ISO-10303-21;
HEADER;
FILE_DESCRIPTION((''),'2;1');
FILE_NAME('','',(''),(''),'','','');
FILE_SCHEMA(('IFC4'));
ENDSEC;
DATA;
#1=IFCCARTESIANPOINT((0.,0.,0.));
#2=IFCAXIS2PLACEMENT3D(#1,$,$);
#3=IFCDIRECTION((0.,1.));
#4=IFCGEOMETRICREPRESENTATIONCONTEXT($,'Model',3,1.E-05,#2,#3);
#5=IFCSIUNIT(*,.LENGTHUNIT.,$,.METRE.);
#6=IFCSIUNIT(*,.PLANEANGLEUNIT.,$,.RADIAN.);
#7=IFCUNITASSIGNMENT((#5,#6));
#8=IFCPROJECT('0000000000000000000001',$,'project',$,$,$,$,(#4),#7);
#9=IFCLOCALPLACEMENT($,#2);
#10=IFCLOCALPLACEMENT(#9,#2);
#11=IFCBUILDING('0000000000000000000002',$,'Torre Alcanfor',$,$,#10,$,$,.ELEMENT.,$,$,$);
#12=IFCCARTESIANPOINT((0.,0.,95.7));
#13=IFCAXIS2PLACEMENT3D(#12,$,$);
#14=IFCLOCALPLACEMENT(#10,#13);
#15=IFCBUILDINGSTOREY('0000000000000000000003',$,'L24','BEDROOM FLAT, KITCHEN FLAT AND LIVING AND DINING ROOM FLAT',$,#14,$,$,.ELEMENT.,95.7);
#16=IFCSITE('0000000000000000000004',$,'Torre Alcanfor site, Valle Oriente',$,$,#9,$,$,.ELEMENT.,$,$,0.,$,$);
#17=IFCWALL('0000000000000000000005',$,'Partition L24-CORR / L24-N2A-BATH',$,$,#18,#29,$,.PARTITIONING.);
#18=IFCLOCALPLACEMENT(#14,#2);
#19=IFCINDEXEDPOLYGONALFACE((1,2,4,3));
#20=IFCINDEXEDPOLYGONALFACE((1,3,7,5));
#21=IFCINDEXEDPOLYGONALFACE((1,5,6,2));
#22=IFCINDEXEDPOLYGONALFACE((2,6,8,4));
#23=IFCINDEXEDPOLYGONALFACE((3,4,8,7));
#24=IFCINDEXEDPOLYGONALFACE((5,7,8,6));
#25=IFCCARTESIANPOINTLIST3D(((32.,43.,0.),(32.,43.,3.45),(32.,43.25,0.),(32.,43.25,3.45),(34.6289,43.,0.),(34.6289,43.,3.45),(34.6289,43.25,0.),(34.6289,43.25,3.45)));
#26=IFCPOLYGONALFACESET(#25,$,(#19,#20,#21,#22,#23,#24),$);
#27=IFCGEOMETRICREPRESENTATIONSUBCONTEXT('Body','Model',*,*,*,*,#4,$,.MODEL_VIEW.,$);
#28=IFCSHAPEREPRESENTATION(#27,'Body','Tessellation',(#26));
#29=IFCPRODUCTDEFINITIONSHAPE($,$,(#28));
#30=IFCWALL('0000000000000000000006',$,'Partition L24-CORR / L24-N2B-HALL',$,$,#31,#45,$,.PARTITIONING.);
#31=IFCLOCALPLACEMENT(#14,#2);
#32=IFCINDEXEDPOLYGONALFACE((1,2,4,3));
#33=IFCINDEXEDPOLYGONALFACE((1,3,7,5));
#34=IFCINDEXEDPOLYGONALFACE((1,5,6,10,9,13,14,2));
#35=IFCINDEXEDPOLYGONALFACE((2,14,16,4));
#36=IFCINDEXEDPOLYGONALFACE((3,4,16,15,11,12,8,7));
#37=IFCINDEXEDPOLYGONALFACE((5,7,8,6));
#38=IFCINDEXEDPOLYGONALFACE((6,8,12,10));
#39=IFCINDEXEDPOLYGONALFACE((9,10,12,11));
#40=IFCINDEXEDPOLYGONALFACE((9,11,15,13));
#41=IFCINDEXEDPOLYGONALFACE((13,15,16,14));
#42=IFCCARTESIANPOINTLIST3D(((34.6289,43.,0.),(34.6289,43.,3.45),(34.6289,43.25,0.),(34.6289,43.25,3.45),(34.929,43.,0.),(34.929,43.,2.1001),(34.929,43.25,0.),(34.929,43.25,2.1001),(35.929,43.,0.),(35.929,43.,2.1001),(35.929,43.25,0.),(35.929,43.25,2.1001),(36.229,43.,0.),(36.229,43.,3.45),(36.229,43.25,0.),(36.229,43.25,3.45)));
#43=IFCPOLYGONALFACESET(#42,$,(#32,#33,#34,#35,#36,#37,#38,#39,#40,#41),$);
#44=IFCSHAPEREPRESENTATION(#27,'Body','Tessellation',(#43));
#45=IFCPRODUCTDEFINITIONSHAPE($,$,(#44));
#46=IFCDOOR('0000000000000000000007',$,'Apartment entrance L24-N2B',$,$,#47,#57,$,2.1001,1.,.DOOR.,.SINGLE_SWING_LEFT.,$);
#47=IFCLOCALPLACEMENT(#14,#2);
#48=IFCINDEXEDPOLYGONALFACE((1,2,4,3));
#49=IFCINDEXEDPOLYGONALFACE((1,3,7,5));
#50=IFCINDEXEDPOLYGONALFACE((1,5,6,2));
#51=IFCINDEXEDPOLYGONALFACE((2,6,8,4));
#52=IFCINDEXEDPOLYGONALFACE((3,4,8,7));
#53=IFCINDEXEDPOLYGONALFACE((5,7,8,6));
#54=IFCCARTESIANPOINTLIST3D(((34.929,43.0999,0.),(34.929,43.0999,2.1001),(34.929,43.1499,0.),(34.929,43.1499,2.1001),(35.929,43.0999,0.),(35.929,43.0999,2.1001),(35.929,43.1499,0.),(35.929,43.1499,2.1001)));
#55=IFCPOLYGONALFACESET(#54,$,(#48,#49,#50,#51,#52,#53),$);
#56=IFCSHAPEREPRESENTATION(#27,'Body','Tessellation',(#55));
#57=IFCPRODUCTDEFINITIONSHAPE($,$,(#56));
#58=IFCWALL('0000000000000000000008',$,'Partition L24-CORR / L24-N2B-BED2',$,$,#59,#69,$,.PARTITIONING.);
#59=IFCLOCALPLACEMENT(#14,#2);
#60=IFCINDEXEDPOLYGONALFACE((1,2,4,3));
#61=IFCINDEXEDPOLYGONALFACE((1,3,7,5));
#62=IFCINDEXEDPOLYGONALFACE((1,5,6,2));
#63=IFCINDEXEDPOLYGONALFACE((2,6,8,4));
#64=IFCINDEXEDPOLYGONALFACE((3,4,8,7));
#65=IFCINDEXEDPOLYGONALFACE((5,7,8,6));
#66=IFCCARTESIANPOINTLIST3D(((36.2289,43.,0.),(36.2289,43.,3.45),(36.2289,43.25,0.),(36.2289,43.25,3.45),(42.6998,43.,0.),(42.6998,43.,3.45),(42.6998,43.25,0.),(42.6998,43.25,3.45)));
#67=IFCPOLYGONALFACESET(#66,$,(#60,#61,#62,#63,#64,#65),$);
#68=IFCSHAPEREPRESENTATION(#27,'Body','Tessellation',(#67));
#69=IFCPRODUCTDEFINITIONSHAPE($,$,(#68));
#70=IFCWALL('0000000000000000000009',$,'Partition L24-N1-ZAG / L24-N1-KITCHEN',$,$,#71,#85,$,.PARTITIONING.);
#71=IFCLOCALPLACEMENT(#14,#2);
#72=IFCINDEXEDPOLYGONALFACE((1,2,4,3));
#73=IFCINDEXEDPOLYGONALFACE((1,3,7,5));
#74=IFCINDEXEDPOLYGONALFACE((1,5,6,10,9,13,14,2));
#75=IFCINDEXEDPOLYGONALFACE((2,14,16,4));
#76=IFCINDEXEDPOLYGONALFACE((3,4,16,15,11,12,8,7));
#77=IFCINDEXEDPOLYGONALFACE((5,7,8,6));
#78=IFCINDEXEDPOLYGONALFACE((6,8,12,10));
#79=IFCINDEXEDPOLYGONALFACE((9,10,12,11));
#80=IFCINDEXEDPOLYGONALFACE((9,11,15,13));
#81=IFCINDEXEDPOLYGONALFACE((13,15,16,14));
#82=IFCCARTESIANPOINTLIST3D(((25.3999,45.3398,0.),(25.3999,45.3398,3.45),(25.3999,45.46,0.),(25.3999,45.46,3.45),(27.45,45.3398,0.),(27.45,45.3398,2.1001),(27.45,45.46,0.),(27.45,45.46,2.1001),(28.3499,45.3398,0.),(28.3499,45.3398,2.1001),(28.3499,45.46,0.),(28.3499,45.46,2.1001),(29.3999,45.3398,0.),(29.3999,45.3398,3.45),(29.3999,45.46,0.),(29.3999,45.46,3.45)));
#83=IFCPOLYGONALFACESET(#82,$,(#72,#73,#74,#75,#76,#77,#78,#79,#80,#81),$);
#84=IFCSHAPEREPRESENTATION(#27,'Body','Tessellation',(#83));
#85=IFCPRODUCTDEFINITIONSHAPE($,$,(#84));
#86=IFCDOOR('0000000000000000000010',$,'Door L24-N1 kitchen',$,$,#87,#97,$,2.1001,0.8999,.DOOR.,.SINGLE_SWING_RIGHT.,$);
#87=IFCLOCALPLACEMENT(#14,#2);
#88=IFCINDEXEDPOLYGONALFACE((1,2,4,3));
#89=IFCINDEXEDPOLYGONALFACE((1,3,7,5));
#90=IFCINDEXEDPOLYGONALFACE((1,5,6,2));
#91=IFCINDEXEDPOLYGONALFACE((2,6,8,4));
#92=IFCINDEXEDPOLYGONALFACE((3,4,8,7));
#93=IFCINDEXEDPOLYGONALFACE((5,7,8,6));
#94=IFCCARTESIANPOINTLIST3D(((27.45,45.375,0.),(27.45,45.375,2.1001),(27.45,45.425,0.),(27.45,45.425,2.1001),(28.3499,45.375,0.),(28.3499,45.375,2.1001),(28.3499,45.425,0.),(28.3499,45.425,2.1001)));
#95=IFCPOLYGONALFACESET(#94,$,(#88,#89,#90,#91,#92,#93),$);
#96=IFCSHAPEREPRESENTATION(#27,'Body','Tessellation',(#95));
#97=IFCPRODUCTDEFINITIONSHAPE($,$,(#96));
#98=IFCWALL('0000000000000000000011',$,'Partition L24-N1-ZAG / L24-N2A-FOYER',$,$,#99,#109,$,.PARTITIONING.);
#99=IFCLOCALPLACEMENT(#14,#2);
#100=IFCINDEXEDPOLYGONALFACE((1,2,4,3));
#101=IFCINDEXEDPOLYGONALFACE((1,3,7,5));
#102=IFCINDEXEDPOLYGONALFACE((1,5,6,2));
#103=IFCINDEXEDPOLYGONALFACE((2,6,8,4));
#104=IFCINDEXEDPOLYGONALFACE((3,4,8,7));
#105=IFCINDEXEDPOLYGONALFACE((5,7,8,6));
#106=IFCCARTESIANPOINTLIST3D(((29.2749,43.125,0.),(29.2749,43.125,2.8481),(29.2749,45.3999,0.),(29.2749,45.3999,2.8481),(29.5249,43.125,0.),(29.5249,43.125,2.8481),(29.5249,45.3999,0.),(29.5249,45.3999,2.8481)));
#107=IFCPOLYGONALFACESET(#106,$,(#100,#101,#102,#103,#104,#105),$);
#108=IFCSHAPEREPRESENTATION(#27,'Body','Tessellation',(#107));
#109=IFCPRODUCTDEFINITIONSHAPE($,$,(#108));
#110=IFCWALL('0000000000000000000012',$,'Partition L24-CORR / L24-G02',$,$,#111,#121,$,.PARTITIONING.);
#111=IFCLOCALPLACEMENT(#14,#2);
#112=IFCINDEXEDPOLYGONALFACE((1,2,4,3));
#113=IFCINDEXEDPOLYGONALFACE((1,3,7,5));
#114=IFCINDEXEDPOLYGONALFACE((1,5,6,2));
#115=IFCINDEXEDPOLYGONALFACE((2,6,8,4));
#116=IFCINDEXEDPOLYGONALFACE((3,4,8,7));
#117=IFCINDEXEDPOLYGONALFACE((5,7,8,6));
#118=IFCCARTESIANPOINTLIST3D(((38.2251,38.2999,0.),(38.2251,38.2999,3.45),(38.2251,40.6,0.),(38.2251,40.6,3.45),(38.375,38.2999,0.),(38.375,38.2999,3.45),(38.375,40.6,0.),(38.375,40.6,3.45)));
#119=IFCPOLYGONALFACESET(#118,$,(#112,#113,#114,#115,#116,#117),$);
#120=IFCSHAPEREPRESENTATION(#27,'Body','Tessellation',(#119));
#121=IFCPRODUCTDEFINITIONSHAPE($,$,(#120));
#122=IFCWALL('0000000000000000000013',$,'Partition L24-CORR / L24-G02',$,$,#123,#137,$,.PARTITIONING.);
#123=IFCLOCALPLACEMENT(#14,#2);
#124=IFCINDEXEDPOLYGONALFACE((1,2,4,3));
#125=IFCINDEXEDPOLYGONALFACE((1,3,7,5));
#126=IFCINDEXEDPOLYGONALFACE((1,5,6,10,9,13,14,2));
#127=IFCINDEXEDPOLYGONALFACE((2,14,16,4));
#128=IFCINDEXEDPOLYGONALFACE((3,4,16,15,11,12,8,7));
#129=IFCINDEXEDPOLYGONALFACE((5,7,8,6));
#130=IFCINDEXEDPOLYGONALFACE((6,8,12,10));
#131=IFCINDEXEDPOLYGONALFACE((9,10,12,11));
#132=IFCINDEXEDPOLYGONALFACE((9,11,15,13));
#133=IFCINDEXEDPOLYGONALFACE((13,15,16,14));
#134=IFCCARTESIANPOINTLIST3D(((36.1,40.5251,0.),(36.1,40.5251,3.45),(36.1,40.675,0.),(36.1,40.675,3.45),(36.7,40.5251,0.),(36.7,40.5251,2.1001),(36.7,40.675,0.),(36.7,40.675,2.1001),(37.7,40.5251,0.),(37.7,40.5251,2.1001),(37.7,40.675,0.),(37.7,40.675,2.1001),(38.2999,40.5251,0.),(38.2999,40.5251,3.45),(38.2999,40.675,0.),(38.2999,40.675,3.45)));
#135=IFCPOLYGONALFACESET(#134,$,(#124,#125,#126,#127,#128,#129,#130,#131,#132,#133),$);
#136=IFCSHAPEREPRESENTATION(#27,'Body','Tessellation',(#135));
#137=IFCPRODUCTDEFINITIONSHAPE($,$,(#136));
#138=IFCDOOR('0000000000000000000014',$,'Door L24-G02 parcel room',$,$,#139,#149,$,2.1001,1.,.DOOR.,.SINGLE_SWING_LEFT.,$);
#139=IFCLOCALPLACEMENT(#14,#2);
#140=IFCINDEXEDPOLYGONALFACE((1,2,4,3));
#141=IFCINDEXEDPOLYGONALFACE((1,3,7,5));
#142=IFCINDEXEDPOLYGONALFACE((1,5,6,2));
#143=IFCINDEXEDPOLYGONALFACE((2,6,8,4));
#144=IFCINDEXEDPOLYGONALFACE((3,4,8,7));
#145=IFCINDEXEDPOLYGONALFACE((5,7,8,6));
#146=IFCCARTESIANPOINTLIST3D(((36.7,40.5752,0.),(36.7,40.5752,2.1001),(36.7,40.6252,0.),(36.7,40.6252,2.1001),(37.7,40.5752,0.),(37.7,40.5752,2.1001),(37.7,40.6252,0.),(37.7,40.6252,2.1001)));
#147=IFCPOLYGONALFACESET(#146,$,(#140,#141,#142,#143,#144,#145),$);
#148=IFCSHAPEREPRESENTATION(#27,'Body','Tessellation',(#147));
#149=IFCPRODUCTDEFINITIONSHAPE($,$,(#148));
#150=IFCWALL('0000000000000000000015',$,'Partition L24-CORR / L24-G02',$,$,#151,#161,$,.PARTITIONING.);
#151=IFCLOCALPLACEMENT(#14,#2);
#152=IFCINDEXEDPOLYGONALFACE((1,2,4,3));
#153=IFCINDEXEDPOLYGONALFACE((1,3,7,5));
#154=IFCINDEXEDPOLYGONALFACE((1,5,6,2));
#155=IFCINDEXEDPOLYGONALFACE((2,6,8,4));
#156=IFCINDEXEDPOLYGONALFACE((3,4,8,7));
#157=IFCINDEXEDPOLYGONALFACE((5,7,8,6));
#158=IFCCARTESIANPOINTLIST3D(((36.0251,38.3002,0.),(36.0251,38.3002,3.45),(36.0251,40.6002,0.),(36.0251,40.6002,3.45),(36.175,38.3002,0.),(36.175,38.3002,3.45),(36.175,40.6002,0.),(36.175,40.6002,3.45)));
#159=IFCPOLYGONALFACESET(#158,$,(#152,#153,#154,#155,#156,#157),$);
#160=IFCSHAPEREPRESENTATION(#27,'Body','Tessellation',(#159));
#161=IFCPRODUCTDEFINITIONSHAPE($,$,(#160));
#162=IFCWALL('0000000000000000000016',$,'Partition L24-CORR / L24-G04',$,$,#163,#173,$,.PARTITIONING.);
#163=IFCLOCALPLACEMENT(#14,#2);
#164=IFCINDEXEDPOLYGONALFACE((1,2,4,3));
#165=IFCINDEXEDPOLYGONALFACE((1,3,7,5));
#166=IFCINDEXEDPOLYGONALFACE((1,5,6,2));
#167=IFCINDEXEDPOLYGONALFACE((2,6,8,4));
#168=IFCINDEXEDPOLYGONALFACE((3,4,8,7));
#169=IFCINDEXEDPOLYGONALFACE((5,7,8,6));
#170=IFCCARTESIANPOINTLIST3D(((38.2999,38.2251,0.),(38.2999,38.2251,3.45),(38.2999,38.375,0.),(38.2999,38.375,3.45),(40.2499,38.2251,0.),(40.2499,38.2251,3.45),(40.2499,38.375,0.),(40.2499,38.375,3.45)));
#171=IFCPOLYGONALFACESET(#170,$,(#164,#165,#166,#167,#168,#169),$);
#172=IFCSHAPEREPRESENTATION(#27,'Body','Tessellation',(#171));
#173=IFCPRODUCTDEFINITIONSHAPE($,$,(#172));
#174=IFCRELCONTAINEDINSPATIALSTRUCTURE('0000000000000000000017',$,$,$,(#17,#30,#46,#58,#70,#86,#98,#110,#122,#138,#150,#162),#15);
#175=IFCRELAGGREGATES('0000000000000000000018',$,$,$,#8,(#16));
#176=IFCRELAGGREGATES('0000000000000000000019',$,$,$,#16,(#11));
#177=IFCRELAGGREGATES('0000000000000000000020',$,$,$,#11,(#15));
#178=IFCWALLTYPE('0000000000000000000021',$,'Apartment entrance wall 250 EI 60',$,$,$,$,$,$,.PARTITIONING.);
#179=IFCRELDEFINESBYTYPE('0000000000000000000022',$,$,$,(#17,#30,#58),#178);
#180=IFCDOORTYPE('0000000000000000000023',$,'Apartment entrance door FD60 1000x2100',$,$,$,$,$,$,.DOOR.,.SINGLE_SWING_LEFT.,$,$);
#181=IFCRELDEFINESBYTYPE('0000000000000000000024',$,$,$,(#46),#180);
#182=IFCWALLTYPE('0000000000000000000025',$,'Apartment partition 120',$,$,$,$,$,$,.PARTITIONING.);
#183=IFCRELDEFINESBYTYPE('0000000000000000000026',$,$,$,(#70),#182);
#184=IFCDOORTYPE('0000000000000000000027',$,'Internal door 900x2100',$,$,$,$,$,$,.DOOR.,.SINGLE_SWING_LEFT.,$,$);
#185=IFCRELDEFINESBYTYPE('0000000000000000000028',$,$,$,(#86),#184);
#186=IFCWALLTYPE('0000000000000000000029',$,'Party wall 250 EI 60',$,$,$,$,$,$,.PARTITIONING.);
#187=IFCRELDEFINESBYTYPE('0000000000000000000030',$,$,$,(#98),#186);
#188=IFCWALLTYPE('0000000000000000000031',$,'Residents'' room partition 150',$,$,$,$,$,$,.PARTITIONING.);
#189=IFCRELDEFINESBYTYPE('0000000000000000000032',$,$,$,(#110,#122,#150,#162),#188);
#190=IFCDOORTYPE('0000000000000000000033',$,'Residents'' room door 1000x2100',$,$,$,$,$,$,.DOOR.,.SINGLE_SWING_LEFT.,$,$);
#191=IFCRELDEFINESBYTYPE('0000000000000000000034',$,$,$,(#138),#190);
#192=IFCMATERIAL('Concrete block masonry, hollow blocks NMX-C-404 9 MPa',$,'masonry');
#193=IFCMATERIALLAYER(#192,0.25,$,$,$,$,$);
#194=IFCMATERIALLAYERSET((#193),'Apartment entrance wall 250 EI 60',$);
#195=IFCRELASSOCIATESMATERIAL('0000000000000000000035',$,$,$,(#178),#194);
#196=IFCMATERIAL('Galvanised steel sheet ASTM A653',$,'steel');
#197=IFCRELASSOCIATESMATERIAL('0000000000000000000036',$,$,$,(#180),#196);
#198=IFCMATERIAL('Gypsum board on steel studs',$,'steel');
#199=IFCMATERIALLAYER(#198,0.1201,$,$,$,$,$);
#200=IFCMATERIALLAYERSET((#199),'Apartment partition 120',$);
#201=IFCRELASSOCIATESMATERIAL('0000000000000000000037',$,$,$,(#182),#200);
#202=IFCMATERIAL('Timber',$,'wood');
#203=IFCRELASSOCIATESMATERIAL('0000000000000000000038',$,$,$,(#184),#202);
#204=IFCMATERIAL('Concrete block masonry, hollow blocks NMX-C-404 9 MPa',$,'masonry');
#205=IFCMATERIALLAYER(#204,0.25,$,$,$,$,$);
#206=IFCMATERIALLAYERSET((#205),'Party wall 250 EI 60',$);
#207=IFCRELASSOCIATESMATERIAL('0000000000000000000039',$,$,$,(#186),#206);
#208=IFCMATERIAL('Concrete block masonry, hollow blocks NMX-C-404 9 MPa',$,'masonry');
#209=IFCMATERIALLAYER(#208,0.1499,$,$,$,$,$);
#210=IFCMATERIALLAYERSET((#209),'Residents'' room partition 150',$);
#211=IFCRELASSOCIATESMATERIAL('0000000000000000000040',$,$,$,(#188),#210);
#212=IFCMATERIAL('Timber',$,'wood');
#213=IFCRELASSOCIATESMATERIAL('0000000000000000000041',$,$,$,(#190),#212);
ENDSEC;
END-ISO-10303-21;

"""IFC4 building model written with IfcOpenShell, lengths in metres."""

from ifc_helpers import new_model, si_unit, direction, frame, frame_2d, origin, place, context, subcontext, project, spatial, rectangle, extrude, material, layer, layer_set, type_object, element, fill, save


model = new_model("IFC4")

# Units and contexts
model_context = context("Model", 3, precision=1e-05, world=origin(), true_north=direction((0.0, 1.0)))
body_context = subcontext(model_context, "Body", "Model", "MODEL_VIEW")
ifc_project = project(units=[si_unit("LENGTHUNIT", "METRE"), si_unit("PLANEANGLEUNIT", "RADIAN")], contexts=[model_context])

# Site, building, storey
site_placement = place(None, origin())
site = spatial("IfcSite", under=ifc_project, at=site_placement, Name="Torre Alcanfor site, Valle Oriente", CompositionType="ELEMENT", RefElevation=0.0)
building_placement = place(site_placement, origin())
building = spatial("IfcBuilding", under=site, at=building_placement, Name="Torre Alcanfor", CompositionType="ELEMENT")
storey_placement = place(building_placement, frame((0.0, 0.0, 95.7)))
storey = spatial("IfcBuildingStorey", under=building, at=storey_placement, Name="L24", Description="BEDROOM FLAT, KITCHEN FLAT AND LIVING AND DINING ROOM FLAT", CompositionType="ELEMENT", Elevation=95.7)

# Shared definitions
ifc_material_1 = material(Name="Concrete block masonry, hollow blocks NMX-C-404 9 MPa", Category="masonry")
ifc_layer_1 = layer(ifc_material_1, 0.25)
ifc_layer_set_1 = layer_set([ifc_layer_1], Name="Apartment entrance wall 250 EI 60")
wall_type_1 = type_object("IfcWallType", Name="Apartment entrance wall 250 EI 60", PredefinedType="PARTITIONING", material=ifc_layer_set_1)
ifc_material_2 = material(Name="Galvanised steel sheet ASTM A653", Category="steel")
door_type_1 = type_object("IfcDoorType", Name="Apartment entrance door FD60 1000x2100", OperationType="SINGLE_SWING_LEFT", PredefinedType="DOOR", material=ifc_material_2)

# Wall
wall_1_placement = place(storey_placement, frame((32.0, 43.125, 0.0), z_axis=(0.0, 0.0, 1.0), x_axis=(1.0, 0.0, 0.0)))
element("IfcWall", 1, at=wall_1_placement, inside=storey, type_object=wall_type_1, Name="Partition L24-CORR / L24-N2A-BATH", PredefinedType="PARTITIONING", context=body_context, shape_type="SweptSolid", body=[
    extrude(rectangle(XDim=2.6289, YDim=0.25, at=frame_2d((1.3145, 0.0))), origin(), (0.0, 0.0, 1.0), 3.45),
])

# Wall, opening, door
wall_2_placement = place(storey_placement, frame((34.6289, 43.125, 0.0), z_axis=(0.0, 0.0, 1.0), x_axis=(1.0, 0.0, 0.0)))
wall_2 = element("IfcWall", 2, at=wall_2_placement, inside=storey, type_object=wall_type_1, Name="Partition L24-CORR / L24-N2B-HALL", PredefinedType="PARTITIONING", context=body_context, shape_type="SweptSolid", body=[
    extrude(rectangle(XDim=1.6001, YDim=0.25, at=frame_2d((0.8, 0.0))), origin(), (0.0, 0.0, 1.0), 3.45),
])
opening_1_placement = place(wall_2_placement, frame((0.3, 0.0, 0.0)))
opening_1 = element("IfcOpeningElement", 3, at=opening_1_placement, cuts=wall_2, PredefinedType="OPENING", context=body_context, shape_type="SweptSolid", body=[
    extrude(rectangle(XDim=1.0, YDim=2.1001, at=frame_2d((0.5, 1.05))), frame((0.0, 0.135, 0.0), z_axis=(0.0, -1.0, 0.0), x_axis=(1.0, 0.0, 0.0)), (0.0, 0.0, 1.0), 0.27),
])
door_1_placement = place(opening_1_placement, origin())
door_1 = element("IfcDoor", 4, at=door_1_placement, inside=storey, type_object=door_type_1, Name="Apartment entrance L24-N2B", OperationType="SINGLE_SWING_LEFT", OverallHeight=2.1001, OverallWidth=1.0, PredefinedType="DOOR", context=body_context, shape_type="SweptSolid", body=[
    extrude(rectangle(XDim=1.0, YDim=2.1001, at=frame_2d((0.5, 1.05))), frame((0.0, 0.0249, 0.0), z_axis=(0.0, -1.0, 0.0), x_axis=(1.0, 0.0, 0.0)), (0.0, 0.0, 1.0), 0.05),
])
fill(opening_1, door_1)

# Wall
wall_3_placement = place(storey_placement, frame((36.229, 43.125, 0.0), z_axis=(0.0, 0.0, 1.0), x_axis=(1.0, 0.0, 0.0)))
element("IfcWall", 5, at=wall_3_placement, inside=storey, type_object=wall_type_1, Name="Partition L24-CORR / L24-N2B-BED2", PredefinedType="PARTITIONING", context=body_context, shape_type="SweptSolid", body=[
    extrude(rectangle(XDim=6.4709, YDim=0.25, at=frame_2d((3.2354, 0.0))), origin(), (0.0, 0.0, 1.0), 3.45),
])

# Wall, opening, door
ifc_material_3 = material(Name="Gypsum board on steel studs", Category="steel")
ifc_layer_2 = layer(ifc_material_3, 0.1201)
ifc_layer_set_2 = layer_set([ifc_layer_2], Name="Apartment partition 120")
wall_type_2 = type_object("IfcWallType", Name="Apartment partition 120", PredefinedType="PARTITIONING", material=ifc_layer_set_2)
wall_4_placement = place(storey_placement, frame((29.3999, 45.3999, 0.0), z_axis=(0.0, 0.0, 1.0), x_axis=(-1.0, 0.0, 0.0)))
wall_4 = element("IfcWall", 6, at=wall_4_placement, inside=storey, type_object=wall_type_2, Name="Partition L24-N1-ZAG / L24-N1-KITCHEN", PredefinedType="PARTITIONING", context=body_context, shape_type="SweptSolid", body=[
    extrude(rectangle(XDim=4.0, YDim=0.1201, at=frame_2d((2.0, 0.0))), origin(), (0.0, 0.0, 1.0), 3.45),
])
opening_2_placement = place(wall_4_placement, frame((1.05, 0.0, 0.0)))
opening_2 = element("IfcOpeningElement", 7, at=opening_2_placement, cuts=wall_4, PredefinedType="OPENING", context=body_context, shape_type="SweptSolid", body=[
    extrude(rectangle(XDim=0.8999, YDim=2.1001, at=frame_2d((0.45, 1.05))), frame((0.0, 0.0701, 0.0), z_axis=(0.0, -1.0, 0.0), x_axis=(1.0, 0.0, 0.0)), (0.0, 0.0, 1.0), 0.1401),
])
ifc_material_4 = material(Name="Timber", Category="wood")
door_type_2 = type_object("IfcDoorType", Name="Internal door 900x2100", OperationType="SINGLE_SWING_LEFT", PredefinedType="DOOR", material=ifc_material_4)
door_2_placement = place(opening_2_placement, frame((0.8999, 0.0, 0.0), z_axis=(0.0, 0.0, 1.0), x_axis=(-1.0, 0.0, 0.0)))
door_2 = element("IfcDoor", 8, at=door_2_placement, inside=storey, type_object=door_type_2, Name="Door L24-N1 kitchen", OperationType="SINGLE_SWING_RIGHT", OverallHeight=2.1001, OverallWidth=0.8999, PredefinedType="DOOR", context=body_context, shape_type="SweptSolid", body=[
    extrude(rectangle(XDim=0.8999, YDim=2.1001, at=frame_2d((0.45, 1.05))), frame((0.0, 0.0251, 0.0), z_axis=(0.0, -1.0, 0.0), x_axis=(1.0, 0.0, 0.0)), (0.0, 0.0, 1.0), 0.05),
])
fill(opening_2, door_2)

# Walls
ifc_material_5 = material(Name="Concrete block masonry, hollow blocks NMX-C-404 9 MPa", Category="masonry")
ifc_layer_3 = layer(ifc_material_5, 0.25)
ifc_layer_set_3 = layer_set([ifc_layer_3], Name="Party wall 250 EI 60")
wall_type_3 = type_object("IfcWallType", Name="Party wall 250 EI 60", PredefinedType="PARTITIONING", material=ifc_layer_set_3)
wall_5_placement = place(storey_placement, frame((29.3999, 43.125, 0.0), z_axis=(0.0, 0.0, 1.0), x_axis=(0.0, 1.0, 0.0)))
element("IfcWall", 9, at=wall_5_placement, inside=storey, type_object=wall_type_3, Name="Partition L24-N1-ZAG / L24-N2A-FOYER", PredefinedType="PARTITIONING", context=body_context, shape_type="SweptSolid", body=[
    extrude(rectangle(XDim=2.2749, YDim=0.25, at=frame_2d((1.1375, 0.0))), origin(), (0.0, 0.0, 1.0), 2.8481),
])
ifc_material_6 = material(Name="Concrete block masonry, hollow blocks NMX-C-404 9 MPa", Category="masonry")
ifc_layer_4 = layer(ifc_material_6, 0.1499)
ifc_layer_set_4 = layer_set([ifc_layer_4], Name="Residents' room partition 150")
wall_type_4 = type_object("IfcWallType", Name="Residents' room partition 150", PredefinedType="PARTITIONING", material=ifc_layer_set_4)
wall_6_placement = place(storey_placement, frame((38.3, 38.3, 0.0), z_axis=(0.0, 0.0, 1.0), x_axis=(0.0, 1.0, 0.0)))
element("IfcWall", 10, at=wall_6_placement, inside=storey, type_object=wall_type_4, Name="Partition L24-CORR / L24-G02", PredefinedType="PARTITIONING", context=body_context, shape_type="SweptSolid", body=[
    extrude(rectangle(XDim=2.3, YDim=0.1499, at=frame_2d((1.1499, 0.0))), origin(), (0.0, 0.0, 1.0), 3.45),
])

# Wall, opening, door
wall_7_placement = place(storey_placement, frame((38.3, 40.6001, 0.0), z_axis=(0.0, 0.0, 1.0), x_axis=(-1.0, 0.0, 0.0)))
wall_7 = element("IfcWall", 11, at=wall_7_placement, inside=storey, type_object=wall_type_4, Name="Partition L24-CORR / L24-G02", PredefinedType="PARTITIONING", context=body_context, shape_type="SweptSolid", body=[
    extrude(rectangle(XDim=2.2, YDim=0.1499, at=frame_2d((1.1001, 0.0))), origin(), (0.0, 0.0, 1.0), 3.45),
])
opening_3_placement = place(wall_7_placement, frame((0.6001, 0.0, 0.0)))
opening_3 = element("IfcOpeningElement", 12, at=opening_3_placement, cuts=wall_7, PredefinedType="OPENING", context=body_context, shape_type="SweptSolid", body=[
    extrude(rectangle(XDim=1.0, YDim=2.1001, at=frame_2d((0.5, 1.05))), frame((0.0, 0.085, 0.0), z_axis=(0.0, -1.0, 0.0), x_axis=(1.0, 0.0, 0.0)), (0.0, 0.0, 1.0), 0.1699),
])
ifc_material_7 = material(Name="Timber", Category="wood")
door_type_3 = type_object("IfcDoorType", Name="Residents' room door 1000x2100", OperationType="SINGLE_SWING_LEFT", PredefinedType="DOOR", material=ifc_material_7)
door_3_placement = place(opening_3_placement, origin())
door_3 = element("IfcDoor", 13, at=door_3_placement, inside=storey, type_object=door_type_3, Name="Door L24-G02 parcel room", OperationType="SINGLE_SWING_LEFT", OverallHeight=2.1001, OverallWidth=1.0, PredefinedType="DOOR", context=body_context, shape_type="SweptSolid", body=[
    extrude(rectangle(XDim=1.0, YDim=2.1001, at=frame_2d((0.5, 1.05))), frame((0.0, 0.0249, 0.0), z_axis=(0.0, -1.0, 0.0), x_axis=(1.0, 0.0, 0.0)), (0.0, 0.0, 1.0), 0.05),
])
fill(opening_3, door_3)

# Walls
wall_8_placement = place(storey_placement, frame((36.1001, 40.6001, 0.0), z_axis=(0.0, 0.0, 1.0), x_axis=(0.0, -1.0, 0.0)))
element("IfcWall", 14, at=wall_8_placement, inside=storey, type_object=wall_type_4, Name="Partition L24-CORR / L24-G02", PredefinedType="PARTITIONING", context=body_context, shape_type="SweptSolid", body=[
    extrude(rectangle(XDim=2.3, YDim=0.1499, at=frame_2d((1.1499, 0.0))), origin(), (0.0, 0.0, 1.0), 3.45),
])
wall_9_placement = place(storey_placement, frame((40.25, 38.3, 0.0), z_axis=(0.0, 0.0, 1.0), x_axis=(-1.0, 0.0, 0.0)))
element("IfcWall", 15, at=wall_9_placement, inside=storey, type_object=wall_type_4, Name="Partition L24-CORR / L24-G04", PredefinedType="PARTITIONING", context=body_context, shape_type="SweptSolid", body=[
    extrude(rectangle(XDim=1.95, YDim=0.1499, at=frame_2d((0.9751, 0.0))), origin(), (0.0, 0.0, 1.0), 3.45),
])

save(model, "model.ifc")
